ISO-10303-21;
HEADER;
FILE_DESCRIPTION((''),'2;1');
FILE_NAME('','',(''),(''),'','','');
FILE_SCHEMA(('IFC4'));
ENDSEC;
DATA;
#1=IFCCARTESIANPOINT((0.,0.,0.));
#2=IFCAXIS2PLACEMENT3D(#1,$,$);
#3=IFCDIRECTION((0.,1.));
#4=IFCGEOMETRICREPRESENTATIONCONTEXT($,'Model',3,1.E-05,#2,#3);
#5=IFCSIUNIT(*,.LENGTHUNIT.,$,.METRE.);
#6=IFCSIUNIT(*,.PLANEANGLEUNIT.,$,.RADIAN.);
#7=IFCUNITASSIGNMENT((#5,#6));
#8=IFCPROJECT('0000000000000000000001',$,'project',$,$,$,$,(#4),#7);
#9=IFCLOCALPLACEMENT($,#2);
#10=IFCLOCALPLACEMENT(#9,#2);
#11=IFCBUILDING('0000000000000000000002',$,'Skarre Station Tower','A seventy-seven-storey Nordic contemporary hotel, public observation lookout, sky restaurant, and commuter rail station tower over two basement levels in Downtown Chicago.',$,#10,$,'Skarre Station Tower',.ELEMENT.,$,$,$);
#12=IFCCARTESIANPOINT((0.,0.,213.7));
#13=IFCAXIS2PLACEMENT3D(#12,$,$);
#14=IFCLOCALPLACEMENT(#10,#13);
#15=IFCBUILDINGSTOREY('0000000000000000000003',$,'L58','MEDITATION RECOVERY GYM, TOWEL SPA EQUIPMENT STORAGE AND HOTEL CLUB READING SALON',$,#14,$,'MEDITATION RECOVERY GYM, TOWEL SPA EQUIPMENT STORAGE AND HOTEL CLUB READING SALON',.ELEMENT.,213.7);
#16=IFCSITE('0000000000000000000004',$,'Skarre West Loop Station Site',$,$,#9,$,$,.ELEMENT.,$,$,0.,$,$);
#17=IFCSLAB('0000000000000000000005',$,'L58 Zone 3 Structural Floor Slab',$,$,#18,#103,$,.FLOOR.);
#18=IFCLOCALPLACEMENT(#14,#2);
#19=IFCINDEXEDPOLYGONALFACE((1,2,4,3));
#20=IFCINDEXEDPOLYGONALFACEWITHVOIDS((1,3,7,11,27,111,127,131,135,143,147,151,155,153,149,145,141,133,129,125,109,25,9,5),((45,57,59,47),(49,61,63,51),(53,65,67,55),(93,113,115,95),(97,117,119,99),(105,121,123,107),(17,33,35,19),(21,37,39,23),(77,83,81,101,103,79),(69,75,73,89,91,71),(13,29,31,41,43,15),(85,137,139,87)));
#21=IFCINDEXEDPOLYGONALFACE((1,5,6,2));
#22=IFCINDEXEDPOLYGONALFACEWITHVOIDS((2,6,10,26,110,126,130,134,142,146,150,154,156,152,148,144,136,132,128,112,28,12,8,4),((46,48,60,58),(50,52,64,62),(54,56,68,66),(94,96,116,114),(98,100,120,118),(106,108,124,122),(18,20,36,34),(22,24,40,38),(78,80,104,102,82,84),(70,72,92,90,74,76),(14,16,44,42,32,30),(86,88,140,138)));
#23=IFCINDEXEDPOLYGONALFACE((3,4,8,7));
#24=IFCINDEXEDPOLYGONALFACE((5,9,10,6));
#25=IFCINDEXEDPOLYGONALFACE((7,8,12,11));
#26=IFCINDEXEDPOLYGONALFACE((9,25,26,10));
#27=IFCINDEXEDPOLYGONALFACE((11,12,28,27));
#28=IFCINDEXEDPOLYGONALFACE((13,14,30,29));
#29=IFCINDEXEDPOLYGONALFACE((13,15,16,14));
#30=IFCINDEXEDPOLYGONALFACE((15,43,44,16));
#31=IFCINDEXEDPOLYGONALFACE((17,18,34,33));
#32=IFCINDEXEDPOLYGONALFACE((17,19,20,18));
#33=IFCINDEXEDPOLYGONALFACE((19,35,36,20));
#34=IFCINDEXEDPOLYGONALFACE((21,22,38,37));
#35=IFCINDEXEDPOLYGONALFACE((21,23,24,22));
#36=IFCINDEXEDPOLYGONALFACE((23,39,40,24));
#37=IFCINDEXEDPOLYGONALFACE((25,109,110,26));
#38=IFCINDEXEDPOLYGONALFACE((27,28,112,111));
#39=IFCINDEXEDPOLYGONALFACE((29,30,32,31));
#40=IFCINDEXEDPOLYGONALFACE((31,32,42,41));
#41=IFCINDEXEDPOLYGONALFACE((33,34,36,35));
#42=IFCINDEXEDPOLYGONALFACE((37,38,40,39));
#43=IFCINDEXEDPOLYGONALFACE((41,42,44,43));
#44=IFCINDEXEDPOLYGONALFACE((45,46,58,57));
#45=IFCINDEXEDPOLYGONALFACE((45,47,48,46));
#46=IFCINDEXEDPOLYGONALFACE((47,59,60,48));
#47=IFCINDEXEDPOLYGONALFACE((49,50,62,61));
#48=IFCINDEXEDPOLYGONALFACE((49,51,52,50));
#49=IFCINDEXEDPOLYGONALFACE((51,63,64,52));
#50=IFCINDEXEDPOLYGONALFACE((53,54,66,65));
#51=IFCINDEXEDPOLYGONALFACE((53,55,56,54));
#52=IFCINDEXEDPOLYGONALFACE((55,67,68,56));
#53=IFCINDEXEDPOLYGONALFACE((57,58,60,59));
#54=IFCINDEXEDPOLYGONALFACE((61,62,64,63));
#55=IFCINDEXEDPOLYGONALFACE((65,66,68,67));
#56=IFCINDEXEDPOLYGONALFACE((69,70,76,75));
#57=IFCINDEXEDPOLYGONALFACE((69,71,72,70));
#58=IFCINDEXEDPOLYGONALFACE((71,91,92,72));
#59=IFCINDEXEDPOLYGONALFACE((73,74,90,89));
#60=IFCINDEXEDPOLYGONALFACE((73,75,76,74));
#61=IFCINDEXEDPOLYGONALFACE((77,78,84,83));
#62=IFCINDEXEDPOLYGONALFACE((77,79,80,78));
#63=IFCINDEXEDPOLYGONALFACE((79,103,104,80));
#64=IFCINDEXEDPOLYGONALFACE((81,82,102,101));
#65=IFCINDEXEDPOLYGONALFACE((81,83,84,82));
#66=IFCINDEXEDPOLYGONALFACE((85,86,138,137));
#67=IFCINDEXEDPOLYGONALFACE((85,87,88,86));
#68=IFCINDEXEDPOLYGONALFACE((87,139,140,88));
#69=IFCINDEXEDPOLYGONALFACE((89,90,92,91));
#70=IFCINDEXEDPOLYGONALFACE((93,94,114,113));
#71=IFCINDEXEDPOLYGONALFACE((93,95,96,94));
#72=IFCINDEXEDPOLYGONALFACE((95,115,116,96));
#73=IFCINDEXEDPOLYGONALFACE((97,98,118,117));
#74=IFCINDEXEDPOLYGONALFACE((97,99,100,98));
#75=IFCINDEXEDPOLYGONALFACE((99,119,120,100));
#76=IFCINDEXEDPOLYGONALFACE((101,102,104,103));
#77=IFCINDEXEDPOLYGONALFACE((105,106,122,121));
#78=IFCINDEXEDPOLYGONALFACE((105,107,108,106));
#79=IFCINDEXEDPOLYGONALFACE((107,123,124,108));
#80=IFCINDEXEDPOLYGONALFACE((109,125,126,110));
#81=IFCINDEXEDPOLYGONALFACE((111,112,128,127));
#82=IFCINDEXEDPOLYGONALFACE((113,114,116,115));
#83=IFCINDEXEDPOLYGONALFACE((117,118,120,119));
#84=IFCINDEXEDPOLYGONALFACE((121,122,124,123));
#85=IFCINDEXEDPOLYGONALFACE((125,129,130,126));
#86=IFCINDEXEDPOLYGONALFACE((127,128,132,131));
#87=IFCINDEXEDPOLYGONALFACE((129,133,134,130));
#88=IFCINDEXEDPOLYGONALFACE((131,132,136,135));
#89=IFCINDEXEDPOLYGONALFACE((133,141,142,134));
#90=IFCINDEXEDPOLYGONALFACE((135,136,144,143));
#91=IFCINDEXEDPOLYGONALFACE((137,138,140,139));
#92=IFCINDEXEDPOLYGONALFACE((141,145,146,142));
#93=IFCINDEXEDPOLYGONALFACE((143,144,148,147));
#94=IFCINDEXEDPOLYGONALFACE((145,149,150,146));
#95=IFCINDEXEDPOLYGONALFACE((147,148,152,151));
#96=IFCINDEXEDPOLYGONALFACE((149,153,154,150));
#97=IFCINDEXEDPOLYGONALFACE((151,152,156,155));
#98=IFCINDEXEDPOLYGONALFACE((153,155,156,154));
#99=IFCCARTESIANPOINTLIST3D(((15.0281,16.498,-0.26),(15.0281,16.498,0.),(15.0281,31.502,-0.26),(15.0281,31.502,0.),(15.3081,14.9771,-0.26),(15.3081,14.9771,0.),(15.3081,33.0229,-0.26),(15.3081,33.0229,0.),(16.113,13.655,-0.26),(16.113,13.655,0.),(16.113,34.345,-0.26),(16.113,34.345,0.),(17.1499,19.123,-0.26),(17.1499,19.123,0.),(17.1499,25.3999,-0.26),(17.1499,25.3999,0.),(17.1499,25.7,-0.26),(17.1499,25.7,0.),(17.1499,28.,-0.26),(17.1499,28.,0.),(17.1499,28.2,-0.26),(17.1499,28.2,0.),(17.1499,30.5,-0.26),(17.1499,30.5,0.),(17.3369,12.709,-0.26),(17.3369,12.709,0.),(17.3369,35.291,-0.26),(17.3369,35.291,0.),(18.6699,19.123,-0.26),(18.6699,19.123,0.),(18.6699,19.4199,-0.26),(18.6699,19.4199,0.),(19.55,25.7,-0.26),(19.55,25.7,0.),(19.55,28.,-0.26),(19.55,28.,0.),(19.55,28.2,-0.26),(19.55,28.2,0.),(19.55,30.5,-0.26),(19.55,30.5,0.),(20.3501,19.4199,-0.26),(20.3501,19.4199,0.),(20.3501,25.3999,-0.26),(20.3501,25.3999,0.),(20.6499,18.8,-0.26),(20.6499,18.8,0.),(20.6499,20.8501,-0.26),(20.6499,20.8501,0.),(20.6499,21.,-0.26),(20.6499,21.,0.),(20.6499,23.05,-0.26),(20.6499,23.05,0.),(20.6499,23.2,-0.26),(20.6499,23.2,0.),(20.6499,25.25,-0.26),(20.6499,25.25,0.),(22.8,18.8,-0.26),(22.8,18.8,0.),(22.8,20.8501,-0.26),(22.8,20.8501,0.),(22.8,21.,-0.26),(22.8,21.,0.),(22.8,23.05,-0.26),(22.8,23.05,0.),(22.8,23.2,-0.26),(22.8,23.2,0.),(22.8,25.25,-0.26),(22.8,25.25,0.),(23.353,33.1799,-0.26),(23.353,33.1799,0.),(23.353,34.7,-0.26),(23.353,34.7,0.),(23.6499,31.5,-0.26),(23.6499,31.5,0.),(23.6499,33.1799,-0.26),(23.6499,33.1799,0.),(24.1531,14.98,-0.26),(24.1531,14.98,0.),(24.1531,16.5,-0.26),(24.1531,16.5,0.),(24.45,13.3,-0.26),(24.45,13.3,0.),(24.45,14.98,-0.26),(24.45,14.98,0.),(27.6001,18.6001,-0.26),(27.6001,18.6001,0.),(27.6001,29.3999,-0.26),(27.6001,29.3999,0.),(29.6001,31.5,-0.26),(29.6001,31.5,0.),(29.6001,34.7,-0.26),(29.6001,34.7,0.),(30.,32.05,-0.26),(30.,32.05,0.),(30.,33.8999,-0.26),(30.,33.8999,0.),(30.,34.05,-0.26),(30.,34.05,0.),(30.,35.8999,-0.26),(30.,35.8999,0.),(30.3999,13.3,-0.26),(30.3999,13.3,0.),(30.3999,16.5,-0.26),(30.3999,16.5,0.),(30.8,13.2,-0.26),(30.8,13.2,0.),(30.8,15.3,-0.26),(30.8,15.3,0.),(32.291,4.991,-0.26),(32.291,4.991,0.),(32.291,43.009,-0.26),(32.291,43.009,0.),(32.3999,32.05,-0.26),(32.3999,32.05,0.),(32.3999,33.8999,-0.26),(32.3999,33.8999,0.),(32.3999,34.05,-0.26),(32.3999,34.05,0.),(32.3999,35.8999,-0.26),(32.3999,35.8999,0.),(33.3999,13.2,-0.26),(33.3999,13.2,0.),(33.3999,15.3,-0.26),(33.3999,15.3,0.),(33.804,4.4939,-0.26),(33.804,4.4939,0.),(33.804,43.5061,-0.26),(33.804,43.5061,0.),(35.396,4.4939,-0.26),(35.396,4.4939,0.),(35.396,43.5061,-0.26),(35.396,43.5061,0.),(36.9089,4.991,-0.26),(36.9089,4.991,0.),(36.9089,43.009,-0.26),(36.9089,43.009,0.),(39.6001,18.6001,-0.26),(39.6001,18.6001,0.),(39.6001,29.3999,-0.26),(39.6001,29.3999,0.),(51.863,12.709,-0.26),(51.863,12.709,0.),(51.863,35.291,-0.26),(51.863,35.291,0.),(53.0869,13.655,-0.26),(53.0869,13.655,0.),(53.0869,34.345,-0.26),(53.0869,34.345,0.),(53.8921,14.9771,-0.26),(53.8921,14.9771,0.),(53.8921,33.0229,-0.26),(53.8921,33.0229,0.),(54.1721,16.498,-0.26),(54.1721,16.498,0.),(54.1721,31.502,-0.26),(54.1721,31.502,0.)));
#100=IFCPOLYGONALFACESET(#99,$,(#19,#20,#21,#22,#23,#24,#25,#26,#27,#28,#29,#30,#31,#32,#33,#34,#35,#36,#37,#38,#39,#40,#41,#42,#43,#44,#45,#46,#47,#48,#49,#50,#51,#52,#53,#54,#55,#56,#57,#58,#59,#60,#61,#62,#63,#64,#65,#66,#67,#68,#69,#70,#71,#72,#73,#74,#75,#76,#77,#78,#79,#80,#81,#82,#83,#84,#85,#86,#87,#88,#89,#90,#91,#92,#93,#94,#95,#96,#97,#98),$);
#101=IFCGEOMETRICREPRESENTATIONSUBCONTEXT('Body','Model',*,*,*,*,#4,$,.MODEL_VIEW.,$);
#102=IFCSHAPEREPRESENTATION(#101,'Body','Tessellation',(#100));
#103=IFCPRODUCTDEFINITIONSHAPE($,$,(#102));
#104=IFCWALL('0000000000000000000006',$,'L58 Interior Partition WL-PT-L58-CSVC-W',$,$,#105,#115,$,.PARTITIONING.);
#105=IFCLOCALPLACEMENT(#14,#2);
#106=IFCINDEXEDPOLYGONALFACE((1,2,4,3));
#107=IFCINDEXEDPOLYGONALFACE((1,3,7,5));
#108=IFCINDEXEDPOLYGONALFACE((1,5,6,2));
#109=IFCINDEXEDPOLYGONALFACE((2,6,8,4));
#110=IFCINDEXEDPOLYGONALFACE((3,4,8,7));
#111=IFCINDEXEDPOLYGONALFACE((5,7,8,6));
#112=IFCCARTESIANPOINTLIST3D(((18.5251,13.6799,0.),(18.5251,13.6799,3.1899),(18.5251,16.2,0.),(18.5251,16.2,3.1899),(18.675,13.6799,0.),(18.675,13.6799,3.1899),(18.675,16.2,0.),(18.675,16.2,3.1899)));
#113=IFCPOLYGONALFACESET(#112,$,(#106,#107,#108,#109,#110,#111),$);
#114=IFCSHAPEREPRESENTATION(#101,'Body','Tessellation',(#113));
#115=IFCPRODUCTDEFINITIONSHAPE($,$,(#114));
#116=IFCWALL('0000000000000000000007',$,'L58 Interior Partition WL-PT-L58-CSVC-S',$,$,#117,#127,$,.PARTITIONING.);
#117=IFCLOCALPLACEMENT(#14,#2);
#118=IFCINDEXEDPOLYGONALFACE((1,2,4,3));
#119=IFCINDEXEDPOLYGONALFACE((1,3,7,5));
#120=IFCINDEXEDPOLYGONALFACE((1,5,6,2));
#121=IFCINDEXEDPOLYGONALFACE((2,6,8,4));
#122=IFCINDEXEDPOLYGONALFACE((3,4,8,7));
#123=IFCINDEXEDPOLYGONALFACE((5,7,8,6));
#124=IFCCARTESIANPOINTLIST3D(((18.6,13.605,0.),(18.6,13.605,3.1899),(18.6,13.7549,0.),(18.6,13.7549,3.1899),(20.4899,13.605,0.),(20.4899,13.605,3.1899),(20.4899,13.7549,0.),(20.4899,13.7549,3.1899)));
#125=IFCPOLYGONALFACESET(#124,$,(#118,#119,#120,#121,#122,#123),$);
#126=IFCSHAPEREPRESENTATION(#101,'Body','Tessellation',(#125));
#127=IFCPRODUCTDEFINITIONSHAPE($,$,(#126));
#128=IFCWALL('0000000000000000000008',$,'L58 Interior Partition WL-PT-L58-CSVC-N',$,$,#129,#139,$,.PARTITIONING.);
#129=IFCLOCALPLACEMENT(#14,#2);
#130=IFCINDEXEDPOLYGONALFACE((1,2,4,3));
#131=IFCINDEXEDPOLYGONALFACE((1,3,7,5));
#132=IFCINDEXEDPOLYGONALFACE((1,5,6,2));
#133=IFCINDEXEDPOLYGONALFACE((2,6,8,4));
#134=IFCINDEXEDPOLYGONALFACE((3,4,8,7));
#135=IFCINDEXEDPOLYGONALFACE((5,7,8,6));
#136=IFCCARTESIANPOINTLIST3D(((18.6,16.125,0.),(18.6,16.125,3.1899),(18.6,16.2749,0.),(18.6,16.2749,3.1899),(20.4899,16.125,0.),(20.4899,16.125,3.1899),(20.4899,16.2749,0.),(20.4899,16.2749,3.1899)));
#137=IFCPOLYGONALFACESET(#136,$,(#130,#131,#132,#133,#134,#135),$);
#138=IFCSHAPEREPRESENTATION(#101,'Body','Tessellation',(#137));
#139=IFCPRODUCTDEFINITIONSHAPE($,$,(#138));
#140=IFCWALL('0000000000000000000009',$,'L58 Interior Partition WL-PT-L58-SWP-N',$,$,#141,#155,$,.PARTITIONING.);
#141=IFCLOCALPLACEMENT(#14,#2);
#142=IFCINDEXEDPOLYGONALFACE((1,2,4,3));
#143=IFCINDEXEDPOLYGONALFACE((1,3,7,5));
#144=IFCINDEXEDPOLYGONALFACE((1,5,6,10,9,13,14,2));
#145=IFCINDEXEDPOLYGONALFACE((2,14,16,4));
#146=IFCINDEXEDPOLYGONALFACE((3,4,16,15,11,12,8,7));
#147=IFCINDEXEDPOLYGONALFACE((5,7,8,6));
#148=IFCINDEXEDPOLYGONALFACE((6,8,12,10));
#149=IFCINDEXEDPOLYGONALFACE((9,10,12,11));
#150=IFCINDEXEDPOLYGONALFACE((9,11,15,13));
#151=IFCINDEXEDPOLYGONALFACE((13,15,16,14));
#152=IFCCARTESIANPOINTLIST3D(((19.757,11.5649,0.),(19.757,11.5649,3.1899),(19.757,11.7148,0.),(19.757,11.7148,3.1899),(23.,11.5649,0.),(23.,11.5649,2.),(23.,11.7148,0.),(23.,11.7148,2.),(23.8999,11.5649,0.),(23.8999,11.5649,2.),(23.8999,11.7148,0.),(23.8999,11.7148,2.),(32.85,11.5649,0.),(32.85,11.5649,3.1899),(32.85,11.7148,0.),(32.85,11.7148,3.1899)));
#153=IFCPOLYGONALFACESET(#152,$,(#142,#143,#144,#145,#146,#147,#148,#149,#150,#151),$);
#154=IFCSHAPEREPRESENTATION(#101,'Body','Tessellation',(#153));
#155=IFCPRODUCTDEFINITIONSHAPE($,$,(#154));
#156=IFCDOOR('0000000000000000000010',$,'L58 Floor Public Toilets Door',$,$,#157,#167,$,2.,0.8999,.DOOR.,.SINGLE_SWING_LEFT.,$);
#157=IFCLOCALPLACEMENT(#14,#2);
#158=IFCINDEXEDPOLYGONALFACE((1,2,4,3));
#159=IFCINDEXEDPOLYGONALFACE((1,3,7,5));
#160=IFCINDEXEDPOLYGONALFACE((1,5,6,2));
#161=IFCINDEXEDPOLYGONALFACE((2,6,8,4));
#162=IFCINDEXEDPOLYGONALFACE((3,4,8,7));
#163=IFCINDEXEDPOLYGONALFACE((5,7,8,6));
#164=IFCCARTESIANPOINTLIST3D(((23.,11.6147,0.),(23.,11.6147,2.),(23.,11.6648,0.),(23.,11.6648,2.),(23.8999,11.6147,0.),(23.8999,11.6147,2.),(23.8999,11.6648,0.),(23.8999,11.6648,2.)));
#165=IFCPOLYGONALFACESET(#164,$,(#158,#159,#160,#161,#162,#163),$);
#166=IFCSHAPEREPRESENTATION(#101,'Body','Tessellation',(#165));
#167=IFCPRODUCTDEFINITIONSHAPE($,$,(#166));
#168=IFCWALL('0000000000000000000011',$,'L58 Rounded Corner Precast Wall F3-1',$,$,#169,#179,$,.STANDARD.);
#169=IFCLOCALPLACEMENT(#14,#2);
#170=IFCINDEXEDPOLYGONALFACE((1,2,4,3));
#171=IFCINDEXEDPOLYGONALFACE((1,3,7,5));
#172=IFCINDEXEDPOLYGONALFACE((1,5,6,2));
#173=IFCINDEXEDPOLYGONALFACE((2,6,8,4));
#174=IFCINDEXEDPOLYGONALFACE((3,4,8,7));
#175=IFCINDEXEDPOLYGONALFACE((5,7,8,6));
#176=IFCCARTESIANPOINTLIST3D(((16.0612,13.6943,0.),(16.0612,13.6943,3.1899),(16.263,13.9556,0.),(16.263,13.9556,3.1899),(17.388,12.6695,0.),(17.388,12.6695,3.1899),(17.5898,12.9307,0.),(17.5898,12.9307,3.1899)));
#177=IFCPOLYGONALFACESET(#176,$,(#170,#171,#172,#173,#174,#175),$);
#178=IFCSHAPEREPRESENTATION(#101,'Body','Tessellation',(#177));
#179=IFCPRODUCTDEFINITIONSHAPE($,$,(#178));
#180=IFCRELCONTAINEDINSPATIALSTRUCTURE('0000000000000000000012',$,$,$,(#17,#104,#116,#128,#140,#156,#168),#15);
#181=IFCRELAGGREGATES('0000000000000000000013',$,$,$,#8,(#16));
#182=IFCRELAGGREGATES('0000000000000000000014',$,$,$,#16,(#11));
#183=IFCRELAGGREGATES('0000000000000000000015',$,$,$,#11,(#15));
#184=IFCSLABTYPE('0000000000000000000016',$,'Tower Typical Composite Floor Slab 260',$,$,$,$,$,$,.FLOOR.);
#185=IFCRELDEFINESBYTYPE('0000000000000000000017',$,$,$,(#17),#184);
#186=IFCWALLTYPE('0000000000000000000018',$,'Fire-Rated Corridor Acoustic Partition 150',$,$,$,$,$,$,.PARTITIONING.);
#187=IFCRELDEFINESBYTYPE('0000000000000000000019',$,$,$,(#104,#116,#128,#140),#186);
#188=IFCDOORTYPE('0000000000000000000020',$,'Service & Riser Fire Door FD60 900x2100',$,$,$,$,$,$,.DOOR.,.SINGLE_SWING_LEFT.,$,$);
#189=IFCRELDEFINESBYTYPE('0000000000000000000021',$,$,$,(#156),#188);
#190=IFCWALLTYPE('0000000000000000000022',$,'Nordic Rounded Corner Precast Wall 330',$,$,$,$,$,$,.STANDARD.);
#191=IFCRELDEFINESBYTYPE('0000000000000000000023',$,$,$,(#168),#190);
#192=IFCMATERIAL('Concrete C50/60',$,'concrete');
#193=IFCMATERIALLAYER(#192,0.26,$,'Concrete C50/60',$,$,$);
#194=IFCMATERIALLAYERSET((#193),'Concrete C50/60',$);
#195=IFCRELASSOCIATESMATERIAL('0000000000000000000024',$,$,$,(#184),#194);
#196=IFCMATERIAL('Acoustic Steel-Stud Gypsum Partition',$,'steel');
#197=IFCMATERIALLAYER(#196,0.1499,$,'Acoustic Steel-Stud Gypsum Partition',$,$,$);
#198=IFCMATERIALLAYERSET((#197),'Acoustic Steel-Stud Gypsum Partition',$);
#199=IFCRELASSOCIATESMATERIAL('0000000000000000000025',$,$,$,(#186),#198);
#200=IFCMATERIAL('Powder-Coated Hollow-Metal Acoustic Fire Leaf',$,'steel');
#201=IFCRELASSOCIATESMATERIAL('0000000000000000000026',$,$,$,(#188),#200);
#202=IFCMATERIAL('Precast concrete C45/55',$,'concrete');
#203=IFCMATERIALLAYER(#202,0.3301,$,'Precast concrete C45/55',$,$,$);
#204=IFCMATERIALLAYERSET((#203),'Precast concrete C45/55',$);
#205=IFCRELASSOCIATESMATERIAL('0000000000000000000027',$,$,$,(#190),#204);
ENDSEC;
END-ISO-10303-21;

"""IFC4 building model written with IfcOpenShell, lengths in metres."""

from ifc_helpers import new_model, si_unit, direction, frame, frame_2d, origin, place, context, subcontext, project, spatial, polyline, rectangle, outline, extrude, material, layer, layer_set, type_object, element, fill, save


model = new_model("IFC4")

# Units and contexts
model_context = context("Model", 3, precision=1e-05, world=origin(), true_north=direction((0.0, 1.0)))
body_context = subcontext(model_context, "Body", "Model", "MODEL_VIEW")
ifc_project = project(units=[si_unit("LENGTHUNIT", "METRE"), si_unit("PLANEANGLEUNIT", "RADIAN")], contexts=[model_context])

# Site, building, storey
site_placement = place(None, origin())
site = spatial("IfcSite", under=ifc_project, at=site_placement, Name="Skarre West Loop Station Site", CompositionType="ELEMENT", RefElevation=0.0)
building_placement = place(site_placement, origin())
building = spatial("IfcBuilding", under=site, at=building_placement, Name="Skarre Station Tower", Description="A seventy-seven-storey Nordic contemporary hotel, public observation lookout, sky restaurant, and commuter rail station tower over two basement levels in Downtown Chicago.", LongName="Skarre Station Tower", CompositionType="ELEMENT")
storey_placement = place(building_placement, frame((0.0, 0.0, 213.7)))
storey = spatial("IfcBuildingStorey", under=building, at=storey_placement, Name="L58", Description="MEDITATION RECOVERY GYM, TOWEL SPA EQUIPMENT STORAGE AND HOTEL CLUB READING SALON", LongName="MEDITATION RECOVERY GYM, TOWEL SPA EQUIPMENT STORAGE AND HOTEL CLUB READING SALON", CompositionType="ELEMENT", Elevation=213.7)

# Shared definitions
ifc_material_1 = material(Name="Concrete C50/60", Category="concrete")

# Slab
ifc_layer_1 = layer(ifc_material_1, 0.26, Name="Concrete C50/60")
ifc_layer_set_1 = layer_set([ifc_layer_1], Name="Concrete C50/60")
slab_type_1 = type_object("IfcSlabType", Name="Tower Typical Composite Floor Slab 260", PredefinedType="FLOOR", material=ifc_layer_set_1)
slab_1_placement = place(storey_placement, frame((0.0, 0.0, -0.26)))
element("IfcSlab", 1, at=slab_1_placement, inside=storey, type_object=slab_type_1, Name="L58 Zone 3 Structural Floor Slab", PredefinedType="FLOOR", context=body_context, shape_type="SweptSolid", body=[
    extrude(outline(polyline([(54.1721, 31.502), (53.8921, 33.0229), (53.0869, 34.345), (51.863, 35.291), (36.9089, 43.009), (35.396, 43.5061), (33.804, 43.5061), (32.291, 43.009), (17.3369, 35.291), (16.113, 34.345), (15.3081, 33.0229), (15.0281, 31.502), (15.0281, 16.498), (15.3081, 14.9771), (16.113, 13.655), (17.3369, 12.709), (32.291, 4.991), (33.804, 4.4939), (35.396, 4.4939), (36.9089, 4.991), (51.863, 12.709), (53.0869, 13.655), (53.8921, 14.9771), (54.1721, 16.498), (54.1721, 31.502)]), holes=[polyline([(18.6699, 19.4199), (18.6699, 19.123), (17.1499, 19.123), (17.1499, 25.3999), (20.3501, 25.3999), (20.3501, 19.4199), (18.6699, 19.4199)]), polyline([(24.45, 14.98), (24.1531, 14.98), (24.1531, 16.5), (30.3999, 16.5), (30.3999, 13.3), (24.45, 13.3), (24.45, 14.98)]), polyline([(23.6499, 33.1799), (23.353, 33.1799), (23.353, 34.7), (29.6001, 34.7), (29.6001, 31.5), (23.6499, 31.5), (23.6499, 33.1799)]), polyline([(17.1499, 28.0), (19.55, 28.0), (19.55, 25.7), (17.1499, 25.7), (17.1499, 28.0)]), polyline([(17.1499, 30.5), (19.55, 30.5), (19.55, 28.2), (17.1499, 28.2), (17.1499, 30.5)]), polyline([(30.8, 15.3), (33.3999, 15.3), (33.3999, 13.2), (30.8, 13.2), (30.8, 15.3)]), polyline([(20.6499, 20.8501), (22.8, 20.8501), (22.8, 18.8), (20.6499, 18.8), (20.6499, 20.8501)]), polyline([(20.6499, 23.05), (22.8, 23.05), (22.8, 21.0), (20.6499, 21.0), (20.6499, 23.05)]), polyline([(20.6499, 25.25), (22.8, 25.25), (22.8, 23.2), (20.6499, 23.2), (20.6499, 25.25)]), polyline([(30.0, 33.8999), (32.3999, 33.8999), (32.3999, 32.05), (30.0, 32.05), (30.0, 33.8999)]), polyline([(30.0, 35.8999), (32.3999, 35.8999), (32.3999, 34.05), (30.0, 34.05), (30.0, 35.8999)]), polyline([(27.6001, 29.3999), (39.6001, 29.3999), (39.6001, 18.6001), (27.6001, 18.6001), (27.6001, 29.3999)])]), origin(), (0.0, 0.0, 1.0), 0.26),
])

# Walls
ifc_material_2 = material(Name="Acoustic Steel-Stud Gypsum Partition", Category="steel")
ifc_layer_2 = layer(ifc_material_2, 0.1499, Name="Acoustic Steel-Stud Gypsum Partition")
ifc_layer_set_2 = layer_set([ifc_layer_2], Name="Acoustic Steel-Stud Gypsum Partition")
wall_type_1 = type_object("IfcWallType", Name="Fire-Rated Corridor Acoustic Partition 150", PredefinedType="PARTITIONING", material=ifc_layer_set_2)
wall_1_placement = place(storey_placement, frame((18.6001, 16.2, 0.0), z_axis=(0.0, 0.0, 1.0), x_axis=(0.0, -1.0, 0.0)))
element("IfcWall", 2, at=wall_1_placement, inside=storey, type_object=wall_type_1, Name="L58 Interior Partition WL-PT-L58-CSVC-W", PredefinedType="PARTITIONING", context=body_context, shape_type="SweptSolid", body=[
    extrude(rectangle(XDim=2.52, YDim=0.1499, at=frame_2d((1.26, 0.0))), origin(), (0.0, 0.0, 1.0), 3.1899),
])
for number, where, z_axis, x_axis, name in (
    (3, (18.6001, 13.6799, 0.0), (0.0, 0.0, 1.0), (1.0, 0.0, 0.0), "L58 Interior Partition WL-PT-L58-CSVC-S"),
    (4, (18.6001, 16.2, 0.0), (0.0, 0.0, 1.0), (1.0, 0.0, 0.0), "L58 Interior Partition WL-PT-L58-CSVC-N"),
):
    element("IfcWall", number, at=place(storey_placement, frame(where, z_axis=z_axis, x_axis=x_axis)), inside=storey, type_object=wall_type_1, Name=name, PredefinedType="PARTITIONING", context=body_context, shape_type="SweptSolid", body=[
        extrude(rectangle(XDim=1.8899, YDim=0.1499, at=frame_2d((0.9448, 0.0))), origin(), (0.0, 0.0, 1.0), 3.1899),
    ])

# Wall, opening, door
wall_2_placement = place(storey_placement, frame((19.7571, 11.6399, 0.0), z_axis=(0.0, 0.0, 1.0), x_axis=(1.0, 0.0, 0.0)))
wall_2 = element("IfcWall", 5, at=wall_2_placement, inside=storey, type_object=wall_type_1, Name="L58 Interior Partition WL-PT-L58-SWP-N", PredefinedType="PARTITIONING", context=body_context, shape_type="SweptSolid", body=[
    extrude(rectangle(XDim=13.093, YDim=0.1499, at=frame_2d((6.5464, 0.0))), origin(), (0.0, 0.0, 1.0), 3.1899),
])
opening_1_placement = place(wall_2_placement, frame((3.2429, 0.0, 0.0)))
opening_1 = element("IfcOpeningElement", 6, at=opening_1_placement, cuts=wall_2, PredefinedType="OPENING", context=body_context, shape_type="SweptSolid", body=[
    extrude(rectangle(XDim=0.8999, YDim=2.0, at=frame_2d((0.45, 1.0))), frame((0.0, 0.085, 0.0), z_axis=(0.0, -1.0, 0.0), x_axis=(1.0, 0.0, 0.0)), (0.0, 0.0, 1.0), 0.1699),
])
ifc_material_3 = material(Name="Powder-Coated Hollow-Metal Acoustic Fire Leaf", Category="steel")
door_type = type_object("IfcDoorType", Name="Service & Riser Fire Door FD60 900x2100", OperationType="SINGLE_SWING_LEFT", PredefinedType="DOOR", material=ifc_material_3)
door_placement = place(opening_1_placement, origin())
door = element("IfcDoor", 7, at=door_placement, inside=storey, type_object=door_type, Name="L58 Floor Public Toilets Door", OperationType="SINGLE_SWING_LEFT", OverallHeight=2.0, OverallWidth=0.8999, PredefinedType="DOOR", context=body_context, shape_type="SweptSolid", body=[
    extrude(rectangle(XDim=0.8999, YDim=2.0, at=frame_2d((0.45, 1.0))), frame((0.0, 0.0249, 0.0), z_axis=(0.0, -1.0, 0.0), x_axis=(1.0, 0.0, 0.0)), (0.0, 0.0, 1.0), 0.05),
])
fill(opening_1, door)

# Wall
ifc_material_4 = material(Name="Precast concrete C45/55", Category="concrete")
ifc_layer_3 = layer(ifc_material_4, 0.3301, Name="Precast concrete C45/55")
ifc_layer_set_3 = layer_set([ifc_layer_3], Name="Precast concrete C45/55")
wall_type_2 = type_object("IfcWallType", Name="Nordic Rounded Corner Precast Wall 330", PredefinedType="STANDARD", material=ifc_layer_set_3)
wall_3_placement = place(storey_placement, frame((17.489, 12.8, 0.0), z_axis=(0.0, 0.0, 1.0), x_axis=(-0.79141, 0.611286, 0.0)))
element("IfcWall", 8, at=wall_3_placement, inside=storey, type_object=wall_type_2, Name="L58 Rounded Corner Precast Wall F3-1", PredefinedType="STANDARD", context=body_context, shape_type="SweptSolid", body=[
    extrude(rectangle(XDim=1.6765, YDim=0.3301, at=frame_2d((0.8384, 0.0))), origin(), (0.0, 0.0, 1.0), 3.1899),
])

save(model, "model.ifc")
